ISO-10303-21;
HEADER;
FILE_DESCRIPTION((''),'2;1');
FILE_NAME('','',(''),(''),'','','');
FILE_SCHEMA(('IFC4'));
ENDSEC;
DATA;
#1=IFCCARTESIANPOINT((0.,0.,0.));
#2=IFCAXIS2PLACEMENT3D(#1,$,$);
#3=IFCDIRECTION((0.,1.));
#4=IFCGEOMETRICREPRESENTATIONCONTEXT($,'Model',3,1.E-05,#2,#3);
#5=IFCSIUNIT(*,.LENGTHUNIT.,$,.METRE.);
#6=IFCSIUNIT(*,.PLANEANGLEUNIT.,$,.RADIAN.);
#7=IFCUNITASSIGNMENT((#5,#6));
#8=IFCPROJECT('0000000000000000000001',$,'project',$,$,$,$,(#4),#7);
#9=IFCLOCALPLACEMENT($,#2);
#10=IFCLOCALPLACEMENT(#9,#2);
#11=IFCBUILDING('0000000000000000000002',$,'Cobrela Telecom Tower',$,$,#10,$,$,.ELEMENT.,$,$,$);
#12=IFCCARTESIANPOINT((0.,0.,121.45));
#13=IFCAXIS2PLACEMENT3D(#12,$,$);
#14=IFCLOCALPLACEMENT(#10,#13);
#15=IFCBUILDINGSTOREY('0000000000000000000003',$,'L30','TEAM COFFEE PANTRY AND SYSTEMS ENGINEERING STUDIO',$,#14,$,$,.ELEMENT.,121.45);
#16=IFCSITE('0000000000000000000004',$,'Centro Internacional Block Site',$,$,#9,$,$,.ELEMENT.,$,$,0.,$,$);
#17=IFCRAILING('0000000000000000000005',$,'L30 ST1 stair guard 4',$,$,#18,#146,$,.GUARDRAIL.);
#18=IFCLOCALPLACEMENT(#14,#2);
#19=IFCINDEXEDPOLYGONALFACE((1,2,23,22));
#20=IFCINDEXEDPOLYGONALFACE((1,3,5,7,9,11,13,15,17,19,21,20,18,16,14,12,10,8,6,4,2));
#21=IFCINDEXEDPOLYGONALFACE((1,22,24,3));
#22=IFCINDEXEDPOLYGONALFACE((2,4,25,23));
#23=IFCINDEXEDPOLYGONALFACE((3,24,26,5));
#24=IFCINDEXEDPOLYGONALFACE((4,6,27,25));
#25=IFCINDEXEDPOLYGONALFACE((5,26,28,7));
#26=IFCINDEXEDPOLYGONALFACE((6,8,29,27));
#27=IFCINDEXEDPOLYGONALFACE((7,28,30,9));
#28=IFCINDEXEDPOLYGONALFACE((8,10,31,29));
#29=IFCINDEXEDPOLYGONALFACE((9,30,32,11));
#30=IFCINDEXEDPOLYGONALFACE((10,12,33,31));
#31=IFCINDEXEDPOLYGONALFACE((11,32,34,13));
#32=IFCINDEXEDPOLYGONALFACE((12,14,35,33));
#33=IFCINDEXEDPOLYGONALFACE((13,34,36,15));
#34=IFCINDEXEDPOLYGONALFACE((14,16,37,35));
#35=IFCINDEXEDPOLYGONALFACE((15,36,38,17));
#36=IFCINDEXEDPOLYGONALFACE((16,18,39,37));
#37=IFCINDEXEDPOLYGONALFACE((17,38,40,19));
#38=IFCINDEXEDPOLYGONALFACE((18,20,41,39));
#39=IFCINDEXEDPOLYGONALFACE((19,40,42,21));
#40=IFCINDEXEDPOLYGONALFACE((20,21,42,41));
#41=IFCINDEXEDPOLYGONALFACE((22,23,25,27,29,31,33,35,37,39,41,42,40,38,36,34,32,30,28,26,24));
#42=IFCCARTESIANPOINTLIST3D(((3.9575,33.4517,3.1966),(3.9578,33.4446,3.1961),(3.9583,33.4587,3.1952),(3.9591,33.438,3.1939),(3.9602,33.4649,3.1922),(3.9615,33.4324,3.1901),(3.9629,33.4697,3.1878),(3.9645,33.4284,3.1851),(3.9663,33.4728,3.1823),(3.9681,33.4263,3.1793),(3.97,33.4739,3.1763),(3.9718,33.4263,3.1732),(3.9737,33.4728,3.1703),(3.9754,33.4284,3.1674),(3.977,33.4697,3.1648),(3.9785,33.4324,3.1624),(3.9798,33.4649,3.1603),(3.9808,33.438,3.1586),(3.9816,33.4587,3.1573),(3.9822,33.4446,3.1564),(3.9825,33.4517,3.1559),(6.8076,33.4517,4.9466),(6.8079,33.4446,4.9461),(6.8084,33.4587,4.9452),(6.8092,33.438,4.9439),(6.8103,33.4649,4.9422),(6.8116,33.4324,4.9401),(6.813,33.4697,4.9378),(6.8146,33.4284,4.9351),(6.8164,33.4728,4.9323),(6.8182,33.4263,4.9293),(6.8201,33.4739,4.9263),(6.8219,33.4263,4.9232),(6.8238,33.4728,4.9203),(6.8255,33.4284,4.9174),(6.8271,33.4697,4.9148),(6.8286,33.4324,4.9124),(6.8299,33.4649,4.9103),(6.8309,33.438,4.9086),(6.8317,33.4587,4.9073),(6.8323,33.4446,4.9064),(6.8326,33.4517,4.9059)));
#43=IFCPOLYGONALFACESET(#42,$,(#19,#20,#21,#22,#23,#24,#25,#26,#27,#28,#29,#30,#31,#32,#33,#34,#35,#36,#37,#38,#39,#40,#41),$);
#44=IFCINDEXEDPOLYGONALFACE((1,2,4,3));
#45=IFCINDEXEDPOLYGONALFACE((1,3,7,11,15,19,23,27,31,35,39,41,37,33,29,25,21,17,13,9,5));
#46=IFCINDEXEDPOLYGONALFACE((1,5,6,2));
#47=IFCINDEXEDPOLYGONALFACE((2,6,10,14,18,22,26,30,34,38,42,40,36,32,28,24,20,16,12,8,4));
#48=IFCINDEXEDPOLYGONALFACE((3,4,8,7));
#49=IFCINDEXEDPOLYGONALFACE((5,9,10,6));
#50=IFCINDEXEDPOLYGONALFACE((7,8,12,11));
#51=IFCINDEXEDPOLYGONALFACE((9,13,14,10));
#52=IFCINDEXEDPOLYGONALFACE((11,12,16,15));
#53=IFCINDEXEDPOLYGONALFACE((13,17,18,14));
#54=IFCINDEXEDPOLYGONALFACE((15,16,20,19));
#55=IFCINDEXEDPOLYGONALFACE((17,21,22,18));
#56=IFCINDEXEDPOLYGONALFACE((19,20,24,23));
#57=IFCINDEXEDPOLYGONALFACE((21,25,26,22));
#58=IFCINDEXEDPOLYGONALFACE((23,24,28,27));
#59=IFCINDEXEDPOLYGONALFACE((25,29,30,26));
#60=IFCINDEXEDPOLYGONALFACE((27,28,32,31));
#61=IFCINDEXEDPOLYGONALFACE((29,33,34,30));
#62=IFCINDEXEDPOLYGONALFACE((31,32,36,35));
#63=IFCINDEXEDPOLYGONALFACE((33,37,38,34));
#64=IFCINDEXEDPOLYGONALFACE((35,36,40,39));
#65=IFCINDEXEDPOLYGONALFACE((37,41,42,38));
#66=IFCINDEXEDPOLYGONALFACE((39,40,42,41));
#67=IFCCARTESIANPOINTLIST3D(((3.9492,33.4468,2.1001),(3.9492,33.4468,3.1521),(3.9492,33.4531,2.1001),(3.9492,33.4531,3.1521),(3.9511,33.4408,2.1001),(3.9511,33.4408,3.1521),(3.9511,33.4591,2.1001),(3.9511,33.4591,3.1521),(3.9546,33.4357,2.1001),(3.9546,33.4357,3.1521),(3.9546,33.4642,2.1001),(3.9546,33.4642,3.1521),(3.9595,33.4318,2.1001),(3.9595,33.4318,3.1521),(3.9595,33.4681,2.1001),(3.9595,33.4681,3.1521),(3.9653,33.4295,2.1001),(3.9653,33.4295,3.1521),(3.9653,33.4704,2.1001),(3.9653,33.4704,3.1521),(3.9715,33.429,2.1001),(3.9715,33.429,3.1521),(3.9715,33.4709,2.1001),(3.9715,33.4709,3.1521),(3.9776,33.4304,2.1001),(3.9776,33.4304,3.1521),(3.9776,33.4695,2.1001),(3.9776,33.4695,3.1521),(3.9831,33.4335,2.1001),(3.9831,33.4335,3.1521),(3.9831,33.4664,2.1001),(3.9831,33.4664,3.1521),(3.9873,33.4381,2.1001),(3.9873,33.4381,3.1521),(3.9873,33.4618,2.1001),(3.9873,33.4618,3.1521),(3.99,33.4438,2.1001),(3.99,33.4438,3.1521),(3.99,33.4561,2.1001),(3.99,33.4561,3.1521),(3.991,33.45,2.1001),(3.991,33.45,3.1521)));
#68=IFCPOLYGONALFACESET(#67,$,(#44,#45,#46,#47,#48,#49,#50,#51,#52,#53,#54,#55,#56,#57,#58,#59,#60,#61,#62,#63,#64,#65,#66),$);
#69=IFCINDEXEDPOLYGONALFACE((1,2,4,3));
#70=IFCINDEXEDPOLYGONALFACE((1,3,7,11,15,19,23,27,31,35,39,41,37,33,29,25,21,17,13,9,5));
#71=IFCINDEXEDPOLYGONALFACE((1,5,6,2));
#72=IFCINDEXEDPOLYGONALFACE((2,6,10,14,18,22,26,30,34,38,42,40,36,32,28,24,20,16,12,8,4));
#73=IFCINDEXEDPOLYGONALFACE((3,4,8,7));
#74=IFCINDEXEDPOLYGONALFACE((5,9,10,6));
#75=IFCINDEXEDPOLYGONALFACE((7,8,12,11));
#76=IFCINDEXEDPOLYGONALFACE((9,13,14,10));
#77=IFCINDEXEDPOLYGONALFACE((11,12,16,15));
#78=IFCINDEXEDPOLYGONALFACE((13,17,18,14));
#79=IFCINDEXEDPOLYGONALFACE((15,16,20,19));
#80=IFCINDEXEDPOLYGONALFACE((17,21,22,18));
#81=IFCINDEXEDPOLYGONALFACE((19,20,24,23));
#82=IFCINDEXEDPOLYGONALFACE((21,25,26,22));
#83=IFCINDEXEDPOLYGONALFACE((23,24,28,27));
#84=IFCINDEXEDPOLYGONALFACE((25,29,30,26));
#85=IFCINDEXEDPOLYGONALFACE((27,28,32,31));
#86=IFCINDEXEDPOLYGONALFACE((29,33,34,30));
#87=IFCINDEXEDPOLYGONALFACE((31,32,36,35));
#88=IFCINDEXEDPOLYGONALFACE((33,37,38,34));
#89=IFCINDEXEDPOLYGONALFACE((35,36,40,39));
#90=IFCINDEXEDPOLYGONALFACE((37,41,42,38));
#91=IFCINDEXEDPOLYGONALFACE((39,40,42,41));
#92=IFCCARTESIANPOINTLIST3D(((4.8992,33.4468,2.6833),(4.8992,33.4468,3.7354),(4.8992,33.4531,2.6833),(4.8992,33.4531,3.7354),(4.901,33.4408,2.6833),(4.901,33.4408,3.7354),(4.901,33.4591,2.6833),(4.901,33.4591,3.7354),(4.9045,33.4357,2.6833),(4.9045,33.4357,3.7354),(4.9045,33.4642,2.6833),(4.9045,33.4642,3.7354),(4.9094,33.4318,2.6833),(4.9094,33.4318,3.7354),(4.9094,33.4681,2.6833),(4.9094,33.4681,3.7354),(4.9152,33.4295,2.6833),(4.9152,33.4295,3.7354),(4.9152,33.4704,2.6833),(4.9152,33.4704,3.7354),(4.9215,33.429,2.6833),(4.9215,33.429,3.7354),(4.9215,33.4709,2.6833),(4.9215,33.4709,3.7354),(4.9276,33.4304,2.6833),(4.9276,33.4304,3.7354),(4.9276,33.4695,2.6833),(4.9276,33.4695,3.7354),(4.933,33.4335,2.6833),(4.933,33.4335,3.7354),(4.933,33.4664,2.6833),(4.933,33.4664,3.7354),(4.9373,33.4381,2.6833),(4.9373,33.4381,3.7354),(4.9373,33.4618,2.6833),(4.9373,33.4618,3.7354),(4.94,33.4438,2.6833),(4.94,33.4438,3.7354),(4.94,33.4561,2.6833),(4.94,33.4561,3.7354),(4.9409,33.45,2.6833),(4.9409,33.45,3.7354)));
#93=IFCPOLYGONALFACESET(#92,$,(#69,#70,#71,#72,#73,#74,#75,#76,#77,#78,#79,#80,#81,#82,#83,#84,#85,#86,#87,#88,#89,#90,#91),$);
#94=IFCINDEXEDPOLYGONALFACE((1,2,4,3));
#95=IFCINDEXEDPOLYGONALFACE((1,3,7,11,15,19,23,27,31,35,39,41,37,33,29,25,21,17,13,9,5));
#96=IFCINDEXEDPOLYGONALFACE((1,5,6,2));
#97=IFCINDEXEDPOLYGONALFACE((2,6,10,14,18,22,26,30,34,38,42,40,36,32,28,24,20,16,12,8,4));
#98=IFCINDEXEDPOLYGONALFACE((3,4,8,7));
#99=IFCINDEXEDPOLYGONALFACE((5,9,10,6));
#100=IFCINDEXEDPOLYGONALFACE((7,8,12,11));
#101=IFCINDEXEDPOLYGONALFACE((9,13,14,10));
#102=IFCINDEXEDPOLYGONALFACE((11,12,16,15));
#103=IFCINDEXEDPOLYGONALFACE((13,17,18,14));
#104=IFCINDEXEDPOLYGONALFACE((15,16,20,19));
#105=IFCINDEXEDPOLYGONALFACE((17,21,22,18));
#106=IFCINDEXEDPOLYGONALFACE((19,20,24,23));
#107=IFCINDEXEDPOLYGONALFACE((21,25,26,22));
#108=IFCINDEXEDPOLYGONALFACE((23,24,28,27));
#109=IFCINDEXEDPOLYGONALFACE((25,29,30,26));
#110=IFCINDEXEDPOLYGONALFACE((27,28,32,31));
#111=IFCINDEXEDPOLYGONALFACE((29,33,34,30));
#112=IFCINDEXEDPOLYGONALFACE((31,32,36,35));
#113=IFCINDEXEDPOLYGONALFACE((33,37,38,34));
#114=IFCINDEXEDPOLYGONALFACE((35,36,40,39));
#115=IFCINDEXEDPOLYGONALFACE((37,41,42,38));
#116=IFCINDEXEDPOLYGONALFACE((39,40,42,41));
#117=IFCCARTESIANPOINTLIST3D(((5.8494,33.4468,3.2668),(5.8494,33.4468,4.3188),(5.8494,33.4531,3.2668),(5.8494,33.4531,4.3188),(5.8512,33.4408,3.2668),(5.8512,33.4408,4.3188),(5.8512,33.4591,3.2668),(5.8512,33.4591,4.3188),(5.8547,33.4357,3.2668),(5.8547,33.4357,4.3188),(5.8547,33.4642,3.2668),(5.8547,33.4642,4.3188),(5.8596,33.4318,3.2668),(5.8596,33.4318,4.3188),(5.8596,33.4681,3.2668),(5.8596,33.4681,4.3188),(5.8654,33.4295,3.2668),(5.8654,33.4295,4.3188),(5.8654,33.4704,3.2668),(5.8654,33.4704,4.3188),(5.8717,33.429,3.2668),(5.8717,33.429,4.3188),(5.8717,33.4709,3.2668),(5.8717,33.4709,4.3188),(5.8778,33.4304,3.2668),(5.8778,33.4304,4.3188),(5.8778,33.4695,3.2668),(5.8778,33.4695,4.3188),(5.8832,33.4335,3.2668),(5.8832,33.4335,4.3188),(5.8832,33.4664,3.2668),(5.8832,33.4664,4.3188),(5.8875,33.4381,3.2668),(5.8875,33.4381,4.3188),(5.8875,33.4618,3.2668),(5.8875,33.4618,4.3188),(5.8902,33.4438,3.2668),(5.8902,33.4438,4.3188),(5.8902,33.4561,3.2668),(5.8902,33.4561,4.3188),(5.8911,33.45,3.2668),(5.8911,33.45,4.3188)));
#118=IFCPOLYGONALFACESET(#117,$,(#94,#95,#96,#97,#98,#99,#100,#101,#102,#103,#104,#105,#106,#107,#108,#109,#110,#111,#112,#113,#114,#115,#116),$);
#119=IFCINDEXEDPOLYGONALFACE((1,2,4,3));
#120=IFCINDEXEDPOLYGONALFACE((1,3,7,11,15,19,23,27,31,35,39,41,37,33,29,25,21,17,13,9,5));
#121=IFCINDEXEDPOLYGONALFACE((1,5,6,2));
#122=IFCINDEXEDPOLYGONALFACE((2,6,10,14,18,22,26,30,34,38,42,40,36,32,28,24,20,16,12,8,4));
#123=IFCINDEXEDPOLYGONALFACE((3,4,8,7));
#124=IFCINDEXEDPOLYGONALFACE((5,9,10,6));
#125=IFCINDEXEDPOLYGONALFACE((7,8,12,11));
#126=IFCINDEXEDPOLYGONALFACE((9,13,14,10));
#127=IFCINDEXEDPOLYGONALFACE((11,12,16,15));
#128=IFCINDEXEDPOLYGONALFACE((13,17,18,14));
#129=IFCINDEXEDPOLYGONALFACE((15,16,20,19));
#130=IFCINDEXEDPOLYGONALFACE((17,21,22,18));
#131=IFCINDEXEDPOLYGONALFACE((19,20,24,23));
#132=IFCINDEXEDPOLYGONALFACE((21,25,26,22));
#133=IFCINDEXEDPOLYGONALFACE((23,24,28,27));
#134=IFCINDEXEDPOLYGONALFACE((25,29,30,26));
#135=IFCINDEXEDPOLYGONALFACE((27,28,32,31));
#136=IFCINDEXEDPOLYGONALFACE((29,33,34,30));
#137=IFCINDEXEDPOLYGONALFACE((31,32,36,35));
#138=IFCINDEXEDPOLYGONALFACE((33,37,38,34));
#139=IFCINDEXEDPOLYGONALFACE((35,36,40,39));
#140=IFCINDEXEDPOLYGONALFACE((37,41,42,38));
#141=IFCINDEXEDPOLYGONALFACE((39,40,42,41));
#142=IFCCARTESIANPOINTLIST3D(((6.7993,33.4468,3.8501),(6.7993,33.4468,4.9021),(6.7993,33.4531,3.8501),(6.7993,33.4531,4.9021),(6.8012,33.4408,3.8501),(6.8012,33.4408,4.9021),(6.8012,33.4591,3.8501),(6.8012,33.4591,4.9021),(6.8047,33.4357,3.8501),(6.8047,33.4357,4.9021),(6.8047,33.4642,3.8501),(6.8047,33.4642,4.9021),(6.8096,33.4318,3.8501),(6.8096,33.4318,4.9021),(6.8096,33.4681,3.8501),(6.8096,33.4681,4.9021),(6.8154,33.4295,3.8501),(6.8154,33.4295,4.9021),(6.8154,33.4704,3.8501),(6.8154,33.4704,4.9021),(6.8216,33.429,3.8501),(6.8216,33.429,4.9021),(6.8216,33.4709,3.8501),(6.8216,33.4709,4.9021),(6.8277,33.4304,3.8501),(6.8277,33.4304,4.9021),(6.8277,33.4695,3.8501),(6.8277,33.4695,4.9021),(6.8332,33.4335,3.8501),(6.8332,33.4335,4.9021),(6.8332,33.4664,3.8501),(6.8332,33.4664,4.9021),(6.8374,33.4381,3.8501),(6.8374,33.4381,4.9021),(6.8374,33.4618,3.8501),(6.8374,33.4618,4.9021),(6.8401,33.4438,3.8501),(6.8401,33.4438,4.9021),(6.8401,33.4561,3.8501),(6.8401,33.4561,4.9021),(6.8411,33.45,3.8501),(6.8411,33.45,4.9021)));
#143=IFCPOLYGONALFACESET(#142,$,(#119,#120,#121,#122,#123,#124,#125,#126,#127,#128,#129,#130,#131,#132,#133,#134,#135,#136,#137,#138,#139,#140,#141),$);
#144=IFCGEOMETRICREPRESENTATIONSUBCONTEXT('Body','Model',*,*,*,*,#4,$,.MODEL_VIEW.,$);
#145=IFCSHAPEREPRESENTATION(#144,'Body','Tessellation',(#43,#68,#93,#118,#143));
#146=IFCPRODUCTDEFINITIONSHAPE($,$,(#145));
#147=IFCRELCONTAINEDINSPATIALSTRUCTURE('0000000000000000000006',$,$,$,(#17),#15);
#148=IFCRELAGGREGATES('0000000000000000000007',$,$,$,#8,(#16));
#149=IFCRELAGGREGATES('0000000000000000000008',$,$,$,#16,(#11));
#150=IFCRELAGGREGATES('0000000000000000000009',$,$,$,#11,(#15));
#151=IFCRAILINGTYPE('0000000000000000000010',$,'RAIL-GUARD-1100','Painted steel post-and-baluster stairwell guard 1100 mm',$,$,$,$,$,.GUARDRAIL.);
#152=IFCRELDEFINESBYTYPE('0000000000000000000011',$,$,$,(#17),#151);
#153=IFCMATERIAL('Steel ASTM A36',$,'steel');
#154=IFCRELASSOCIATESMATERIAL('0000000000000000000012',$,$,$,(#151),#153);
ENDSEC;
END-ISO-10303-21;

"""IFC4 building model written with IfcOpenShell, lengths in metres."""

from ifc_helpers import new_model, si_unit, direction, frame, origin, origin_2d, place, context, subcontext, project, spatial, circle, extrude, material, type_object, element, save


model = new_model("IFC4")

# Units and contexts
model_context = context("Model", 3, precision=1e-05, world=origin(), true_north=direction((0.0, 1.0)))
body_context = subcontext(model_context, "Body", "Model", "MODEL_VIEW")
ifc_project = project(units=[si_unit("LENGTHUNIT", "METRE"), si_unit("PLANEANGLEUNIT", "RADIAN")], contexts=[model_context])

# Site, building, storey
site_placement = place(None, origin())
site = spatial("IfcSite", under=ifc_project, at=site_placement, Name="Centro Internacional Block Site", CompositionType="ELEMENT", RefElevation=0.0)
building_placement = place(site_placement, origin())
building = spatial("IfcBuilding", under=site, at=building_placement, Name="Cobrela Telecom Tower", CompositionType="ELEMENT")
storey_placement = place(building_placement, frame((0.0, 0.0, 121.45)))
storey = spatial("IfcBuildingStorey", under=building, at=storey_placement, Name="L30", Description="TEAM COFFEE PANTRY AND SYSTEMS ENGINEERING STUDIO", CompositionType="ELEMENT", Elevation=121.45)

# Shared definitions
ifc_material_1 = material(Name="Steel ASTM A36", Category="steel")

# Railing
railing_type_1 = type_object("IfcRailingType", Name="RAIL-GUARD-1100", Description="Painted steel post-and-baluster stairwell guard 1100 mm", PredefinedType="GUARDRAIL", material=ifc_material_1)
railing_1_placement = place(storey_placement, frame((3.97, 33.45, 2.1001)))
element("IfcRailing", 1, at=railing_1_placement, inside=storey, type_object=railing_type_1, Name="L30 ST1 stair guard 4", PredefinedType="GUARDRAIL", context=body_context, shape_type="SweptSolid", body=[
    extrude(circle(Radius=0.0239, at=origin_2d()), frame((0.0, 0.0, 1.0762), z_axis=(0.852179, 0.0, 0.52325), x_axis=(0.0, 1.0, 0.0)), (0.0, 0.0, 1.0), 3.3445),
    extrude(circle(Radius=0.021, at=origin_2d()), origin(), (0.0, 0.0, 1.0), 1.052),
    extrude(circle(Radius=0.021, at=origin_2d()), frame((0.95, 0.0, 0.5833)), (0.0, 0.0, 1.0), 1.052),
    extrude(circle(Radius=0.021, at=origin_2d()), frame((1.9001, 0.0, 1.1667)), (0.0, 0.0, 1.0), 1.052),
    extrude(circle(Radius=0.021, at=origin_2d()), frame((2.8501, 0.0, 1.75)), (0.0, 0.0, 1.0), 1.052),
])

save(model, "model.ifc")
